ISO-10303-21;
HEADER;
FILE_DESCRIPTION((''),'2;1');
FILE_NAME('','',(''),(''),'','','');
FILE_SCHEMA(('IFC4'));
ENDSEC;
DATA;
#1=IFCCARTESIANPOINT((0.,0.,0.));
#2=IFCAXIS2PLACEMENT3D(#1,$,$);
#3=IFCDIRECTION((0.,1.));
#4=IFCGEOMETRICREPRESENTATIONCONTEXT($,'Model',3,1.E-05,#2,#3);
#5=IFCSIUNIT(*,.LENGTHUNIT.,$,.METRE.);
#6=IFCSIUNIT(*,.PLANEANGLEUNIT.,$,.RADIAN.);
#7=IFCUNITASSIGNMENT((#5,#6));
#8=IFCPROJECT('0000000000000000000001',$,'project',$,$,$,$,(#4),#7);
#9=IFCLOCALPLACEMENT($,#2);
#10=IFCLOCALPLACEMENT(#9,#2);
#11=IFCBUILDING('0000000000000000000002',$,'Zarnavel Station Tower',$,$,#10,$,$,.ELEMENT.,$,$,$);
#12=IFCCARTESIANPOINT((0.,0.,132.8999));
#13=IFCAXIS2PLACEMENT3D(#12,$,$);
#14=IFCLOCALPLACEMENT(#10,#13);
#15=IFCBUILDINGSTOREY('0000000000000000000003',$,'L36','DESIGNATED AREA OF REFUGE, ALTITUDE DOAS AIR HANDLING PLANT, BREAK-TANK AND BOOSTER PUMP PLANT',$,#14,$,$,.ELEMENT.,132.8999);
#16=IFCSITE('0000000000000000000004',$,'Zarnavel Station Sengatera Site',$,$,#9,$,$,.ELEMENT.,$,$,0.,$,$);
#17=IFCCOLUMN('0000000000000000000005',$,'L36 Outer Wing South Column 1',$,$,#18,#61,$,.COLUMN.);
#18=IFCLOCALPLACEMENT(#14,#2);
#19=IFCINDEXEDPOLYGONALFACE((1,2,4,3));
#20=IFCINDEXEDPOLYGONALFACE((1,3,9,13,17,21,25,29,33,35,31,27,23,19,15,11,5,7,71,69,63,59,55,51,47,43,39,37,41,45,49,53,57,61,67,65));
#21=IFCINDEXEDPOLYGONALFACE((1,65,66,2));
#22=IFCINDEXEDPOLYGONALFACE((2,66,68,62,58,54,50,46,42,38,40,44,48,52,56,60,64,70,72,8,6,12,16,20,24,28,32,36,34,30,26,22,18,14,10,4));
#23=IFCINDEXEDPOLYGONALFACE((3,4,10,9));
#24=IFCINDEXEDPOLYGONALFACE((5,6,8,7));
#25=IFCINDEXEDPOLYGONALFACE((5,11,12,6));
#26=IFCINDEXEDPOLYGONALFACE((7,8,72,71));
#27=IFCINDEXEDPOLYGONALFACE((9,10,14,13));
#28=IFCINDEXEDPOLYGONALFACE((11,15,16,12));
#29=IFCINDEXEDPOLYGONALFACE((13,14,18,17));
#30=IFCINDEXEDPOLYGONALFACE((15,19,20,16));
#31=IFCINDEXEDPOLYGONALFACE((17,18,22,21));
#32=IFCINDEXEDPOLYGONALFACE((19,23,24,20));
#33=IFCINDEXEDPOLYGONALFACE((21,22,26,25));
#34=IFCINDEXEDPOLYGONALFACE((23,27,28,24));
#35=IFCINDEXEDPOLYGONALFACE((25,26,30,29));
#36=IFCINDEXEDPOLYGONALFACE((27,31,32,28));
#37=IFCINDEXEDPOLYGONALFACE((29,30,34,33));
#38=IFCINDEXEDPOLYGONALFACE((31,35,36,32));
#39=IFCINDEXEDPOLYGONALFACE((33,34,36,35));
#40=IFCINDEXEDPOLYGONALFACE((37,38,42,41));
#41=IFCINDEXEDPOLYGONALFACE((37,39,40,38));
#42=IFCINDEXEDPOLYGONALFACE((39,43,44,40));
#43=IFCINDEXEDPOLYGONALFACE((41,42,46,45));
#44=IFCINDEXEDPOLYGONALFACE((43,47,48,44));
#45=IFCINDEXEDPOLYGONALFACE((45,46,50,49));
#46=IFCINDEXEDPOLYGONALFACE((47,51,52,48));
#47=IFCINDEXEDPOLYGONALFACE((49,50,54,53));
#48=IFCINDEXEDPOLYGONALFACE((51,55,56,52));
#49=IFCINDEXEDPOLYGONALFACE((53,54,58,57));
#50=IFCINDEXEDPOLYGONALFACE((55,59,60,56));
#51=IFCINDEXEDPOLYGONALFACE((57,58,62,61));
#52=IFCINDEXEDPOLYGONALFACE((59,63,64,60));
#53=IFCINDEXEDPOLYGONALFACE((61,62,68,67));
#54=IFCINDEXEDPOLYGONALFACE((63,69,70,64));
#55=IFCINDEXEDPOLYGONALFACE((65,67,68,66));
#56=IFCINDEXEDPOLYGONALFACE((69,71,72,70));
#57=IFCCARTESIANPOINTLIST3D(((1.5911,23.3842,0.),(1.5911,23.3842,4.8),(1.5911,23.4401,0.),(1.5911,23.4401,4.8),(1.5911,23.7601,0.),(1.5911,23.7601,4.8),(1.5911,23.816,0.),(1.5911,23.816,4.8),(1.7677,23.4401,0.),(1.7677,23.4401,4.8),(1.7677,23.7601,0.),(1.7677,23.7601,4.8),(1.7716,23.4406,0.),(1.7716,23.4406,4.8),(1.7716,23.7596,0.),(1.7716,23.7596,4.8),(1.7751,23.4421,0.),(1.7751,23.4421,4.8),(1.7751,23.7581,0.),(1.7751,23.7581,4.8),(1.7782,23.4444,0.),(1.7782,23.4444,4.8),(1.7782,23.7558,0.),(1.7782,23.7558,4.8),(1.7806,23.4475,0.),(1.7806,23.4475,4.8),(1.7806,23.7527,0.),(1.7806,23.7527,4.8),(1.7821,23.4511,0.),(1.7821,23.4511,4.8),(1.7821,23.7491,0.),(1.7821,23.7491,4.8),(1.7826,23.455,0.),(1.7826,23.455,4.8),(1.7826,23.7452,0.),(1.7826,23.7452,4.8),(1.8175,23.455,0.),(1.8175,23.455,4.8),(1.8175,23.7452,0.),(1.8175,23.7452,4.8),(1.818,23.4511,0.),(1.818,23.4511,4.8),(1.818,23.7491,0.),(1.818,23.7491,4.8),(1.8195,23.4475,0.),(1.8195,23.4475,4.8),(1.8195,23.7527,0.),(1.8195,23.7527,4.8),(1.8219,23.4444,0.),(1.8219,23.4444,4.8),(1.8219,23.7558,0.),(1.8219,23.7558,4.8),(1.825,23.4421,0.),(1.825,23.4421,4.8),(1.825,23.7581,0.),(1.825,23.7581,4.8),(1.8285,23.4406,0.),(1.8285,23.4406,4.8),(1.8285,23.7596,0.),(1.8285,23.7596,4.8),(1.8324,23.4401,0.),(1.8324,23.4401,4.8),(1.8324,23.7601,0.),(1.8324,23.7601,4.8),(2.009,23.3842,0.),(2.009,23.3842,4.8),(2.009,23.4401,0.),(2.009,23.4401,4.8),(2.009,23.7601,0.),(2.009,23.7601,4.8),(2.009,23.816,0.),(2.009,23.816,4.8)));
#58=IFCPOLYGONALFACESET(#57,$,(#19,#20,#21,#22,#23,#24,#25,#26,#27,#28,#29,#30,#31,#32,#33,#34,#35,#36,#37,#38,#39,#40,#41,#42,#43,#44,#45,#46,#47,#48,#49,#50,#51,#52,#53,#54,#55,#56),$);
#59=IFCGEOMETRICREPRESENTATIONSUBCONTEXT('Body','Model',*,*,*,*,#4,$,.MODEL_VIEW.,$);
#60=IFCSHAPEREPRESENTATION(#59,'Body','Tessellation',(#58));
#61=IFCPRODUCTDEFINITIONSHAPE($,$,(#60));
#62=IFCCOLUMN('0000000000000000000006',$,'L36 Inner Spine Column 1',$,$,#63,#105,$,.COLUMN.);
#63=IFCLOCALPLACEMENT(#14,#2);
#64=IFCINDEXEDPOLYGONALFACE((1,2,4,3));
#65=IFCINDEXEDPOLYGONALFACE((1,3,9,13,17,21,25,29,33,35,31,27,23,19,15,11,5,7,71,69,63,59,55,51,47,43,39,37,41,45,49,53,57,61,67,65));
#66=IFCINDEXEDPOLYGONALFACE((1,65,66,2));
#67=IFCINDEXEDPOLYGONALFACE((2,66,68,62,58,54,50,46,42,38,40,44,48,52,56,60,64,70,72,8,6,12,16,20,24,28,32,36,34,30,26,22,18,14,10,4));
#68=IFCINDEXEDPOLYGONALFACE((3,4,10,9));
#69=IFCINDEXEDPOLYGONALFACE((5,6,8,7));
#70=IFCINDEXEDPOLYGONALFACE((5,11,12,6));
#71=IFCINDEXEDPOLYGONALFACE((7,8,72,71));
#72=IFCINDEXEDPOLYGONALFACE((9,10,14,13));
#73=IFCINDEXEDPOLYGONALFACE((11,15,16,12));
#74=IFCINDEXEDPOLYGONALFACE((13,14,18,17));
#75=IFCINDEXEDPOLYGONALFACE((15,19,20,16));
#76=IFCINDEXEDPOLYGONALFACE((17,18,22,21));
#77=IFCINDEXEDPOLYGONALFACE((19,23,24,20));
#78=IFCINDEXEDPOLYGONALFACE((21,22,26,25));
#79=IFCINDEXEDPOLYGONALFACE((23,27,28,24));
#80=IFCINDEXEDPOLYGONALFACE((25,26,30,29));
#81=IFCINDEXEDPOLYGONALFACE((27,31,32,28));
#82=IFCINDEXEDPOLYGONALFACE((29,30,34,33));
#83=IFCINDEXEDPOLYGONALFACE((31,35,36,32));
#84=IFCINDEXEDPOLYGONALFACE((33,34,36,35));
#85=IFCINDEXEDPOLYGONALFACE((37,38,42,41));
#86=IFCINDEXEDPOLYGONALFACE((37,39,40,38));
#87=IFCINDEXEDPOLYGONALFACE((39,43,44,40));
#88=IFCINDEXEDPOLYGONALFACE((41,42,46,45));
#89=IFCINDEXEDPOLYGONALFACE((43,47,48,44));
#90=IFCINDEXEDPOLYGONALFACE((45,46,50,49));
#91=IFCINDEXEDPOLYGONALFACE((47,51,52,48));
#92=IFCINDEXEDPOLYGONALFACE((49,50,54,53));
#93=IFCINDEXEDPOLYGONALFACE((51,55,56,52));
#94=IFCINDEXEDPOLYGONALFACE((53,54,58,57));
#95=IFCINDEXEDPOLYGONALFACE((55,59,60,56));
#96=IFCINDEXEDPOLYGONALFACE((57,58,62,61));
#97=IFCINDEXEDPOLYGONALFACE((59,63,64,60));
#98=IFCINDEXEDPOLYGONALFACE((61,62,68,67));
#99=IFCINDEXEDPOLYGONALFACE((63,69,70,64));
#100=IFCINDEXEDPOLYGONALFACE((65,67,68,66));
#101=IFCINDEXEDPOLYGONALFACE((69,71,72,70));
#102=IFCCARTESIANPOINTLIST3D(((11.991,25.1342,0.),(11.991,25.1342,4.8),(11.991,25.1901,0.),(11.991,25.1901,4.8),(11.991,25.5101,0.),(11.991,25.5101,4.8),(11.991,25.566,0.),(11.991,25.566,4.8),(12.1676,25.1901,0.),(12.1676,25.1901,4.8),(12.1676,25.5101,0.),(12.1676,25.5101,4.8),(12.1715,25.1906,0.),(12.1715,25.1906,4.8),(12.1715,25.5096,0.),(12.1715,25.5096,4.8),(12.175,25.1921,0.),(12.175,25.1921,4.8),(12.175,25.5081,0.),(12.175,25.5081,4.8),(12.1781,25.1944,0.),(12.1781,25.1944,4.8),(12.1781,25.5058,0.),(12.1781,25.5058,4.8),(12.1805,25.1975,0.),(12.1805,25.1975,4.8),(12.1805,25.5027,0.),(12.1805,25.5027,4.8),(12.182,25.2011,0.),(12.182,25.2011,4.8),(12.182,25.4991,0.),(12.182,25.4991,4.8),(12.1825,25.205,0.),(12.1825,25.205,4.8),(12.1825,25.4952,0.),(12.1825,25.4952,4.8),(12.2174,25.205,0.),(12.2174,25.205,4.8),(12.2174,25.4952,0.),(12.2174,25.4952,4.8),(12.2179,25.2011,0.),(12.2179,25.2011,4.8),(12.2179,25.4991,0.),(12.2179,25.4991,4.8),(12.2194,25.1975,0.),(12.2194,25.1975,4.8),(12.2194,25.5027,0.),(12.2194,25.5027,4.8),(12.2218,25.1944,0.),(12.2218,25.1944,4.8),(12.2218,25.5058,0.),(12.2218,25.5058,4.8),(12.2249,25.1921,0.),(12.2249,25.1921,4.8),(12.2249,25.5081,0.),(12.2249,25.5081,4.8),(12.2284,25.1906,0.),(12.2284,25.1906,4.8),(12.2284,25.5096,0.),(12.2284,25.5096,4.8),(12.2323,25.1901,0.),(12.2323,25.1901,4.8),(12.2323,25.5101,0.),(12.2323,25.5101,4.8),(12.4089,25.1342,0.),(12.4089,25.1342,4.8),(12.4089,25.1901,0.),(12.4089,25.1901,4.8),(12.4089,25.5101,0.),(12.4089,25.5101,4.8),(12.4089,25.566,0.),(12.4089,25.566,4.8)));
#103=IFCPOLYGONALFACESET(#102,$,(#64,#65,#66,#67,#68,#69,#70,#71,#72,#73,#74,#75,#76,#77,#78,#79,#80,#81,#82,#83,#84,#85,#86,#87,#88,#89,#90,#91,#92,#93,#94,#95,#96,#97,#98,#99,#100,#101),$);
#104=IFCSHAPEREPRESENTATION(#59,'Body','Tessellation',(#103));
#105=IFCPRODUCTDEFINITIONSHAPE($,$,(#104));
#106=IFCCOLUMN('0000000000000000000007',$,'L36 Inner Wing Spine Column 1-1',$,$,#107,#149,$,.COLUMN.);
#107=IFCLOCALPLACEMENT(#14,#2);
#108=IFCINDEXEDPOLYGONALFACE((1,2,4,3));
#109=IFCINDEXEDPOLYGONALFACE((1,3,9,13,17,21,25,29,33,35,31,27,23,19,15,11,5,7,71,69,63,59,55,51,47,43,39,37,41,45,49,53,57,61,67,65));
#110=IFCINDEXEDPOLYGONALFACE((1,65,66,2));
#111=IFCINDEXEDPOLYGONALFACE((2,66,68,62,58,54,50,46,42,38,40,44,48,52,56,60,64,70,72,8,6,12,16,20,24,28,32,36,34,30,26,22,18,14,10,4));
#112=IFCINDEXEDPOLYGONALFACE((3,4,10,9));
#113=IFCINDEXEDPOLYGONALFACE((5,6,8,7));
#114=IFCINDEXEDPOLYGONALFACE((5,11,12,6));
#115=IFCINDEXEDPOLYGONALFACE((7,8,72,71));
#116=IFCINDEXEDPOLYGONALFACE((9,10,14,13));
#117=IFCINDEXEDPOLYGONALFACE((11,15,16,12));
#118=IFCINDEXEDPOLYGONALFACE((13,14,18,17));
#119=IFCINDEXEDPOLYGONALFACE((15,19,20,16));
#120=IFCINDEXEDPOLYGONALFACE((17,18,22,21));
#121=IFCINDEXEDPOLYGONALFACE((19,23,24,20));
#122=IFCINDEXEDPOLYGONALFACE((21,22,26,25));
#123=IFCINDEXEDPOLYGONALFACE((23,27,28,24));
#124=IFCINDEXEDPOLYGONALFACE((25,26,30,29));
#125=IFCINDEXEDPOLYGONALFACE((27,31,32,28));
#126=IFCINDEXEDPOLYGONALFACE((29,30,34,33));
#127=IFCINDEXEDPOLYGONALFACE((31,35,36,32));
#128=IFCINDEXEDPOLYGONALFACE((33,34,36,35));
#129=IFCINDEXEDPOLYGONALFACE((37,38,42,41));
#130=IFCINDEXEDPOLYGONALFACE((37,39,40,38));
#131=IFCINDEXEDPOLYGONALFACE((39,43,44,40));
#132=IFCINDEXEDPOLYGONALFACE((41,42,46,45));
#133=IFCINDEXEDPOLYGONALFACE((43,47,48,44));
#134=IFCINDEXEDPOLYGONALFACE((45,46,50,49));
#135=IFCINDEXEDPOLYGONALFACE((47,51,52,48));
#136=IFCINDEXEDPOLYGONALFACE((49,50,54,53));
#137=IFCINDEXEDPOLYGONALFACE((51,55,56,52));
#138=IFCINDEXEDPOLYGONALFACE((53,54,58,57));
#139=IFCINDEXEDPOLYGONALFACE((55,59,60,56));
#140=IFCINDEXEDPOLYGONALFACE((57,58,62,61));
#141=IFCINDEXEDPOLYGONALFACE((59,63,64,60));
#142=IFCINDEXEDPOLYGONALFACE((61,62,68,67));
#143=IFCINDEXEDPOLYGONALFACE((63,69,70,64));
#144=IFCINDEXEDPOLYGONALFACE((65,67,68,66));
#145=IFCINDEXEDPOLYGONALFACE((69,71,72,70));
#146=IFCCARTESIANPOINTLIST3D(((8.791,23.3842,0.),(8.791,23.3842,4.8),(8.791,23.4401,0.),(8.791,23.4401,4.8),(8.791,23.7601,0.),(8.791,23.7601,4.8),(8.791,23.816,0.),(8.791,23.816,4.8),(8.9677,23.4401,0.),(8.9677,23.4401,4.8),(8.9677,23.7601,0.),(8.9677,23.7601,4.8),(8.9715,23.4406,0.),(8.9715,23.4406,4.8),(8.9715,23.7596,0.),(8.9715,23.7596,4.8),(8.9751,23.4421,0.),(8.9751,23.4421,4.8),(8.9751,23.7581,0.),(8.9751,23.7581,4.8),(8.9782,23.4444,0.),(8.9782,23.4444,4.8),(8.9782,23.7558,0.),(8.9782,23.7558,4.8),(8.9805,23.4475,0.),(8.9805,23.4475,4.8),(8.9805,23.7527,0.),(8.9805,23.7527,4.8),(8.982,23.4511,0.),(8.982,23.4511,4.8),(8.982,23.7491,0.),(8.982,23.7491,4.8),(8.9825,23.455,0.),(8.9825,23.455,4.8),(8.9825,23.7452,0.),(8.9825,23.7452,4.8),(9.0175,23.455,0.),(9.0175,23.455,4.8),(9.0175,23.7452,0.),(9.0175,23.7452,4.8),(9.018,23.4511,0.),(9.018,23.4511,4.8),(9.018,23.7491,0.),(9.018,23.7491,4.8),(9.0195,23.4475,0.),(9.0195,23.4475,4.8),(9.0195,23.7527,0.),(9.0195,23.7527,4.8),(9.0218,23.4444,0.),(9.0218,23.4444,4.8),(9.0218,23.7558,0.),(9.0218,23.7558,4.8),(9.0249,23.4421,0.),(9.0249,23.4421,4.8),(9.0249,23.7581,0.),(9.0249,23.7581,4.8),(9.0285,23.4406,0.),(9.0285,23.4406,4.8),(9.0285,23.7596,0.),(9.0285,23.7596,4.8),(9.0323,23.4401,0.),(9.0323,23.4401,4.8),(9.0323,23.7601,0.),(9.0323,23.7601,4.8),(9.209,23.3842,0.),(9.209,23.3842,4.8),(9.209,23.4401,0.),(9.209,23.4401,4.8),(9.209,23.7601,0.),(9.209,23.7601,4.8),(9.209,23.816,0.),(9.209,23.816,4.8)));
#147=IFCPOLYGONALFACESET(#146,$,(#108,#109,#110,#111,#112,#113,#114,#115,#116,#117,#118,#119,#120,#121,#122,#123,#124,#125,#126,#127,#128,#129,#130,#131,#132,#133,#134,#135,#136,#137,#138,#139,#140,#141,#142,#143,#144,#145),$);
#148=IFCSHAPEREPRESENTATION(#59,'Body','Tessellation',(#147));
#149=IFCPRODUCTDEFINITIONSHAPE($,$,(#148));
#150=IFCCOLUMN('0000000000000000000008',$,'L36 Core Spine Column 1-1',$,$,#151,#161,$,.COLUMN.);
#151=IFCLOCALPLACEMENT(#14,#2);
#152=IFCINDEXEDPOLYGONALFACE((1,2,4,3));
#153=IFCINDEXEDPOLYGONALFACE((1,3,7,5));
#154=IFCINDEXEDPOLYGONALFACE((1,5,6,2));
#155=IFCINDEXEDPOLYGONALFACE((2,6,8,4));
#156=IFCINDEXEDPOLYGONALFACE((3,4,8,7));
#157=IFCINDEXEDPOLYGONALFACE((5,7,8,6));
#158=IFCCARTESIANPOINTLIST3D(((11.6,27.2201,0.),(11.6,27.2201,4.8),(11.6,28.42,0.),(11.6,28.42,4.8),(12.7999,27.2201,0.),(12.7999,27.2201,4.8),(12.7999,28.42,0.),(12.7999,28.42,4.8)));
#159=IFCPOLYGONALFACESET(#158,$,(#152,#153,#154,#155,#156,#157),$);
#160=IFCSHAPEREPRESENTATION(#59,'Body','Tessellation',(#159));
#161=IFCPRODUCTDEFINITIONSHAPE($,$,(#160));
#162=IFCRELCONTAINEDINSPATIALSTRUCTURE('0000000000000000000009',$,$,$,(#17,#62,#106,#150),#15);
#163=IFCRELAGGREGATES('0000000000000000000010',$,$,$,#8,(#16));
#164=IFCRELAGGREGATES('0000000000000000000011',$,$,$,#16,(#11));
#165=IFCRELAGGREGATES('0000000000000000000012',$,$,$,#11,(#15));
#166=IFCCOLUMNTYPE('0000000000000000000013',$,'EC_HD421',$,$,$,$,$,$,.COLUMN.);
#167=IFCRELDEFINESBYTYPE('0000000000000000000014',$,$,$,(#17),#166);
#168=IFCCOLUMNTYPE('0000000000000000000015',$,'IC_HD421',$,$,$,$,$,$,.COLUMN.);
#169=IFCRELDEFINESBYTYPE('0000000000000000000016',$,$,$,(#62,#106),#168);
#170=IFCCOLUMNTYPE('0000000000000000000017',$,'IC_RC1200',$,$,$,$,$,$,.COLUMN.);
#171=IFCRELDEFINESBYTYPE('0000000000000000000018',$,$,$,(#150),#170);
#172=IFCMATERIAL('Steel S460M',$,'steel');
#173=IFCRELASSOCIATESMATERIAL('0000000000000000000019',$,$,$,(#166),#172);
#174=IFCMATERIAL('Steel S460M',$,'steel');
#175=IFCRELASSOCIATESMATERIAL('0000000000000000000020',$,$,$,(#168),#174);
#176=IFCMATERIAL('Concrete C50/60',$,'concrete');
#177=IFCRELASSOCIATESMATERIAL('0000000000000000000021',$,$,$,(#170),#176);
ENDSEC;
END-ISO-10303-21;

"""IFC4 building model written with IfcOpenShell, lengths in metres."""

from ifc_helpers import new_model, si_unit, direction, frame, origin, origin_2d, place, context, subcontext, project, spatial, rectangle, i_section, extrude, material, material_profile, profile_set, type_object, element, save


model = new_model("IFC4")

# Units and contexts
model_context = context("Model", 3, precision=1e-05, world=origin(), true_north=direction((0.0, 1.0)))
body_context = subcontext(model_context, "Body", "Model", "MODEL_VIEW")
ifc_project = project(units=[si_unit("LENGTHUNIT", "METRE"), si_unit("PLANEANGLEUNIT", "RADIAN")], contexts=[model_context])

# Site, building, storey
site_placement = place(None, origin())
site = spatial("IfcSite", under=ifc_project, at=site_placement, Name="Zarnavel Station Sengatera Site", CompositionType="ELEMENT", RefElevation=0.0)
building_placement = place(site_placement, origin())
building = spatial("IfcBuilding", under=site, at=building_placement, Name="Zarnavel Station Tower", CompositionType="ELEMENT")
storey_placement = place(building_placement, frame((0.0, 0.0, 132.8999)))
storey = spatial("IfcBuildingStorey", under=building, at=storey_placement, Name="L36", Description="DESIGNATED AREA OF REFUGE, ALTITUDE DOAS AIR HANDLING PLANT, BREAK-TANK AND BOOSTER PUMP PLANT", CompositionType="ELEMENT", Elevation=132.8999)

# Columns
ifc_material_1 = material(Name="Steel S460M", Category="steel")
ifc_material_profile_1 = material_profile(ifc_material_1, i_section(OverallWidth=0.418, OverallDepth=0.4319, WebThickness=0.0349, FlangeThickness=0.0559, FilletRadius=0.0149, at=origin_2d()), Name="HD400x421")
ifc_profile_set_1 = profile_set([ifc_material_profile_1], Name="Steel S460M")
column_type_1 = type_object("IfcColumnType", Name="EC_HD421", PredefinedType="COLUMN", material=ifc_profile_set_1)
column_1_placement = place(storey_placement, frame((1.8, 23.6001, 0.0), z_axis=(0.0, 0.0, 1.0), x_axis=(1.0, 0.0, 0.0)))
element("IfcColumn", 1, at=column_1_placement, inside=storey, type_object=column_type_1, Name="L36 Outer Wing South Column 1", PredefinedType="COLUMN", context=body_context, shape_type="SweptSolid", body=[
    extrude(i_section(OverallWidth=0.418, OverallDepth=0.4319, WebThickness=0.0349, FlangeThickness=0.0559, FilletRadius=0.0149, at=origin_2d()), origin(), (0.0, 0.0, 1.0), 4.8),
])
ifc_material_2 = material(Name="Steel S460M", Category="steel")
ifc_material_profile_2 = material_profile(ifc_material_2, i_section(OverallWidth=0.418, OverallDepth=0.4319, WebThickness=0.0349, FlangeThickness=0.0559, FilletRadius=0.0149, at=origin_2d()), Name="HD400x421")
ifc_profile_set_2 = profile_set([ifc_material_profile_2], Name="Steel S460M")
column_type_2 = type_object("IfcColumnType", Name="IC_HD421", PredefinedType="COLUMN", material=ifc_profile_set_2)
for number, where, z_axis, x_axis, name in (
    (2, (12.2, 25.3501, 0.0), (0.0, 0.0, 1.0), (1.0, 0.0, 0.0), "L36 Inner Spine Column 1"),
    (3, (9.0, 23.6001, 0.0), (0.0, 0.0, 1.0), (1.0, 0.0, 0.0), "L36 Inner Wing Spine Column 1-1"),
):
    element("IfcColumn", number, at=place(storey_placement, frame(where, z_axis=z_axis, x_axis=x_axis)), inside=storey, type_object=column_type_2, Name=name, PredefinedType="COLUMN", context=body_context, shape_type="SweptSolid", body=[
        extrude(i_section(OverallWidth=0.418, OverallDepth=0.4319, WebThickness=0.0349, FlangeThickness=0.0559, FilletRadius=0.0149, at=origin_2d()), origin(), (0.0, 0.0, 1.0), 4.8),
    ])
ifc_material_3 = material(Name="Concrete C50/60", Category="concrete")
ifc_material_profile_3 = material_profile(ifc_material_3, rectangle(XDim=1.2, YDim=1.2, at=origin_2d()), Name="RC1200x1200")
ifc_profile_set_3 = profile_set([ifc_material_profile_3], Name="Concrete C50/60")
column_type_3 = type_object("IfcColumnType", Name="IC_RC1200", PredefinedType="COLUMN", material=ifc_profile_set_3)
column_2_placement = place(storey_placement, frame((12.2, 27.8201, 0.0), z_axis=(0.0, 0.0, 1.0), x_axis=(1.0, 0.0, 0.0)))
element("IfcColumn", 4, at=column_2_placement, inside=storey, type_object=column_type_3, Name="L36 Core Spine Column 1-1", PredefinedType="COLUMN", context=body_context, shape_type="SweptSolid", body=[
    extrude(rectangle(XDim=1.2, YDim=1.2, at=origin_2d()), origin(), (0.0, 0.0, 1.0), 4.8),
])

save(model, "model.ifc")
